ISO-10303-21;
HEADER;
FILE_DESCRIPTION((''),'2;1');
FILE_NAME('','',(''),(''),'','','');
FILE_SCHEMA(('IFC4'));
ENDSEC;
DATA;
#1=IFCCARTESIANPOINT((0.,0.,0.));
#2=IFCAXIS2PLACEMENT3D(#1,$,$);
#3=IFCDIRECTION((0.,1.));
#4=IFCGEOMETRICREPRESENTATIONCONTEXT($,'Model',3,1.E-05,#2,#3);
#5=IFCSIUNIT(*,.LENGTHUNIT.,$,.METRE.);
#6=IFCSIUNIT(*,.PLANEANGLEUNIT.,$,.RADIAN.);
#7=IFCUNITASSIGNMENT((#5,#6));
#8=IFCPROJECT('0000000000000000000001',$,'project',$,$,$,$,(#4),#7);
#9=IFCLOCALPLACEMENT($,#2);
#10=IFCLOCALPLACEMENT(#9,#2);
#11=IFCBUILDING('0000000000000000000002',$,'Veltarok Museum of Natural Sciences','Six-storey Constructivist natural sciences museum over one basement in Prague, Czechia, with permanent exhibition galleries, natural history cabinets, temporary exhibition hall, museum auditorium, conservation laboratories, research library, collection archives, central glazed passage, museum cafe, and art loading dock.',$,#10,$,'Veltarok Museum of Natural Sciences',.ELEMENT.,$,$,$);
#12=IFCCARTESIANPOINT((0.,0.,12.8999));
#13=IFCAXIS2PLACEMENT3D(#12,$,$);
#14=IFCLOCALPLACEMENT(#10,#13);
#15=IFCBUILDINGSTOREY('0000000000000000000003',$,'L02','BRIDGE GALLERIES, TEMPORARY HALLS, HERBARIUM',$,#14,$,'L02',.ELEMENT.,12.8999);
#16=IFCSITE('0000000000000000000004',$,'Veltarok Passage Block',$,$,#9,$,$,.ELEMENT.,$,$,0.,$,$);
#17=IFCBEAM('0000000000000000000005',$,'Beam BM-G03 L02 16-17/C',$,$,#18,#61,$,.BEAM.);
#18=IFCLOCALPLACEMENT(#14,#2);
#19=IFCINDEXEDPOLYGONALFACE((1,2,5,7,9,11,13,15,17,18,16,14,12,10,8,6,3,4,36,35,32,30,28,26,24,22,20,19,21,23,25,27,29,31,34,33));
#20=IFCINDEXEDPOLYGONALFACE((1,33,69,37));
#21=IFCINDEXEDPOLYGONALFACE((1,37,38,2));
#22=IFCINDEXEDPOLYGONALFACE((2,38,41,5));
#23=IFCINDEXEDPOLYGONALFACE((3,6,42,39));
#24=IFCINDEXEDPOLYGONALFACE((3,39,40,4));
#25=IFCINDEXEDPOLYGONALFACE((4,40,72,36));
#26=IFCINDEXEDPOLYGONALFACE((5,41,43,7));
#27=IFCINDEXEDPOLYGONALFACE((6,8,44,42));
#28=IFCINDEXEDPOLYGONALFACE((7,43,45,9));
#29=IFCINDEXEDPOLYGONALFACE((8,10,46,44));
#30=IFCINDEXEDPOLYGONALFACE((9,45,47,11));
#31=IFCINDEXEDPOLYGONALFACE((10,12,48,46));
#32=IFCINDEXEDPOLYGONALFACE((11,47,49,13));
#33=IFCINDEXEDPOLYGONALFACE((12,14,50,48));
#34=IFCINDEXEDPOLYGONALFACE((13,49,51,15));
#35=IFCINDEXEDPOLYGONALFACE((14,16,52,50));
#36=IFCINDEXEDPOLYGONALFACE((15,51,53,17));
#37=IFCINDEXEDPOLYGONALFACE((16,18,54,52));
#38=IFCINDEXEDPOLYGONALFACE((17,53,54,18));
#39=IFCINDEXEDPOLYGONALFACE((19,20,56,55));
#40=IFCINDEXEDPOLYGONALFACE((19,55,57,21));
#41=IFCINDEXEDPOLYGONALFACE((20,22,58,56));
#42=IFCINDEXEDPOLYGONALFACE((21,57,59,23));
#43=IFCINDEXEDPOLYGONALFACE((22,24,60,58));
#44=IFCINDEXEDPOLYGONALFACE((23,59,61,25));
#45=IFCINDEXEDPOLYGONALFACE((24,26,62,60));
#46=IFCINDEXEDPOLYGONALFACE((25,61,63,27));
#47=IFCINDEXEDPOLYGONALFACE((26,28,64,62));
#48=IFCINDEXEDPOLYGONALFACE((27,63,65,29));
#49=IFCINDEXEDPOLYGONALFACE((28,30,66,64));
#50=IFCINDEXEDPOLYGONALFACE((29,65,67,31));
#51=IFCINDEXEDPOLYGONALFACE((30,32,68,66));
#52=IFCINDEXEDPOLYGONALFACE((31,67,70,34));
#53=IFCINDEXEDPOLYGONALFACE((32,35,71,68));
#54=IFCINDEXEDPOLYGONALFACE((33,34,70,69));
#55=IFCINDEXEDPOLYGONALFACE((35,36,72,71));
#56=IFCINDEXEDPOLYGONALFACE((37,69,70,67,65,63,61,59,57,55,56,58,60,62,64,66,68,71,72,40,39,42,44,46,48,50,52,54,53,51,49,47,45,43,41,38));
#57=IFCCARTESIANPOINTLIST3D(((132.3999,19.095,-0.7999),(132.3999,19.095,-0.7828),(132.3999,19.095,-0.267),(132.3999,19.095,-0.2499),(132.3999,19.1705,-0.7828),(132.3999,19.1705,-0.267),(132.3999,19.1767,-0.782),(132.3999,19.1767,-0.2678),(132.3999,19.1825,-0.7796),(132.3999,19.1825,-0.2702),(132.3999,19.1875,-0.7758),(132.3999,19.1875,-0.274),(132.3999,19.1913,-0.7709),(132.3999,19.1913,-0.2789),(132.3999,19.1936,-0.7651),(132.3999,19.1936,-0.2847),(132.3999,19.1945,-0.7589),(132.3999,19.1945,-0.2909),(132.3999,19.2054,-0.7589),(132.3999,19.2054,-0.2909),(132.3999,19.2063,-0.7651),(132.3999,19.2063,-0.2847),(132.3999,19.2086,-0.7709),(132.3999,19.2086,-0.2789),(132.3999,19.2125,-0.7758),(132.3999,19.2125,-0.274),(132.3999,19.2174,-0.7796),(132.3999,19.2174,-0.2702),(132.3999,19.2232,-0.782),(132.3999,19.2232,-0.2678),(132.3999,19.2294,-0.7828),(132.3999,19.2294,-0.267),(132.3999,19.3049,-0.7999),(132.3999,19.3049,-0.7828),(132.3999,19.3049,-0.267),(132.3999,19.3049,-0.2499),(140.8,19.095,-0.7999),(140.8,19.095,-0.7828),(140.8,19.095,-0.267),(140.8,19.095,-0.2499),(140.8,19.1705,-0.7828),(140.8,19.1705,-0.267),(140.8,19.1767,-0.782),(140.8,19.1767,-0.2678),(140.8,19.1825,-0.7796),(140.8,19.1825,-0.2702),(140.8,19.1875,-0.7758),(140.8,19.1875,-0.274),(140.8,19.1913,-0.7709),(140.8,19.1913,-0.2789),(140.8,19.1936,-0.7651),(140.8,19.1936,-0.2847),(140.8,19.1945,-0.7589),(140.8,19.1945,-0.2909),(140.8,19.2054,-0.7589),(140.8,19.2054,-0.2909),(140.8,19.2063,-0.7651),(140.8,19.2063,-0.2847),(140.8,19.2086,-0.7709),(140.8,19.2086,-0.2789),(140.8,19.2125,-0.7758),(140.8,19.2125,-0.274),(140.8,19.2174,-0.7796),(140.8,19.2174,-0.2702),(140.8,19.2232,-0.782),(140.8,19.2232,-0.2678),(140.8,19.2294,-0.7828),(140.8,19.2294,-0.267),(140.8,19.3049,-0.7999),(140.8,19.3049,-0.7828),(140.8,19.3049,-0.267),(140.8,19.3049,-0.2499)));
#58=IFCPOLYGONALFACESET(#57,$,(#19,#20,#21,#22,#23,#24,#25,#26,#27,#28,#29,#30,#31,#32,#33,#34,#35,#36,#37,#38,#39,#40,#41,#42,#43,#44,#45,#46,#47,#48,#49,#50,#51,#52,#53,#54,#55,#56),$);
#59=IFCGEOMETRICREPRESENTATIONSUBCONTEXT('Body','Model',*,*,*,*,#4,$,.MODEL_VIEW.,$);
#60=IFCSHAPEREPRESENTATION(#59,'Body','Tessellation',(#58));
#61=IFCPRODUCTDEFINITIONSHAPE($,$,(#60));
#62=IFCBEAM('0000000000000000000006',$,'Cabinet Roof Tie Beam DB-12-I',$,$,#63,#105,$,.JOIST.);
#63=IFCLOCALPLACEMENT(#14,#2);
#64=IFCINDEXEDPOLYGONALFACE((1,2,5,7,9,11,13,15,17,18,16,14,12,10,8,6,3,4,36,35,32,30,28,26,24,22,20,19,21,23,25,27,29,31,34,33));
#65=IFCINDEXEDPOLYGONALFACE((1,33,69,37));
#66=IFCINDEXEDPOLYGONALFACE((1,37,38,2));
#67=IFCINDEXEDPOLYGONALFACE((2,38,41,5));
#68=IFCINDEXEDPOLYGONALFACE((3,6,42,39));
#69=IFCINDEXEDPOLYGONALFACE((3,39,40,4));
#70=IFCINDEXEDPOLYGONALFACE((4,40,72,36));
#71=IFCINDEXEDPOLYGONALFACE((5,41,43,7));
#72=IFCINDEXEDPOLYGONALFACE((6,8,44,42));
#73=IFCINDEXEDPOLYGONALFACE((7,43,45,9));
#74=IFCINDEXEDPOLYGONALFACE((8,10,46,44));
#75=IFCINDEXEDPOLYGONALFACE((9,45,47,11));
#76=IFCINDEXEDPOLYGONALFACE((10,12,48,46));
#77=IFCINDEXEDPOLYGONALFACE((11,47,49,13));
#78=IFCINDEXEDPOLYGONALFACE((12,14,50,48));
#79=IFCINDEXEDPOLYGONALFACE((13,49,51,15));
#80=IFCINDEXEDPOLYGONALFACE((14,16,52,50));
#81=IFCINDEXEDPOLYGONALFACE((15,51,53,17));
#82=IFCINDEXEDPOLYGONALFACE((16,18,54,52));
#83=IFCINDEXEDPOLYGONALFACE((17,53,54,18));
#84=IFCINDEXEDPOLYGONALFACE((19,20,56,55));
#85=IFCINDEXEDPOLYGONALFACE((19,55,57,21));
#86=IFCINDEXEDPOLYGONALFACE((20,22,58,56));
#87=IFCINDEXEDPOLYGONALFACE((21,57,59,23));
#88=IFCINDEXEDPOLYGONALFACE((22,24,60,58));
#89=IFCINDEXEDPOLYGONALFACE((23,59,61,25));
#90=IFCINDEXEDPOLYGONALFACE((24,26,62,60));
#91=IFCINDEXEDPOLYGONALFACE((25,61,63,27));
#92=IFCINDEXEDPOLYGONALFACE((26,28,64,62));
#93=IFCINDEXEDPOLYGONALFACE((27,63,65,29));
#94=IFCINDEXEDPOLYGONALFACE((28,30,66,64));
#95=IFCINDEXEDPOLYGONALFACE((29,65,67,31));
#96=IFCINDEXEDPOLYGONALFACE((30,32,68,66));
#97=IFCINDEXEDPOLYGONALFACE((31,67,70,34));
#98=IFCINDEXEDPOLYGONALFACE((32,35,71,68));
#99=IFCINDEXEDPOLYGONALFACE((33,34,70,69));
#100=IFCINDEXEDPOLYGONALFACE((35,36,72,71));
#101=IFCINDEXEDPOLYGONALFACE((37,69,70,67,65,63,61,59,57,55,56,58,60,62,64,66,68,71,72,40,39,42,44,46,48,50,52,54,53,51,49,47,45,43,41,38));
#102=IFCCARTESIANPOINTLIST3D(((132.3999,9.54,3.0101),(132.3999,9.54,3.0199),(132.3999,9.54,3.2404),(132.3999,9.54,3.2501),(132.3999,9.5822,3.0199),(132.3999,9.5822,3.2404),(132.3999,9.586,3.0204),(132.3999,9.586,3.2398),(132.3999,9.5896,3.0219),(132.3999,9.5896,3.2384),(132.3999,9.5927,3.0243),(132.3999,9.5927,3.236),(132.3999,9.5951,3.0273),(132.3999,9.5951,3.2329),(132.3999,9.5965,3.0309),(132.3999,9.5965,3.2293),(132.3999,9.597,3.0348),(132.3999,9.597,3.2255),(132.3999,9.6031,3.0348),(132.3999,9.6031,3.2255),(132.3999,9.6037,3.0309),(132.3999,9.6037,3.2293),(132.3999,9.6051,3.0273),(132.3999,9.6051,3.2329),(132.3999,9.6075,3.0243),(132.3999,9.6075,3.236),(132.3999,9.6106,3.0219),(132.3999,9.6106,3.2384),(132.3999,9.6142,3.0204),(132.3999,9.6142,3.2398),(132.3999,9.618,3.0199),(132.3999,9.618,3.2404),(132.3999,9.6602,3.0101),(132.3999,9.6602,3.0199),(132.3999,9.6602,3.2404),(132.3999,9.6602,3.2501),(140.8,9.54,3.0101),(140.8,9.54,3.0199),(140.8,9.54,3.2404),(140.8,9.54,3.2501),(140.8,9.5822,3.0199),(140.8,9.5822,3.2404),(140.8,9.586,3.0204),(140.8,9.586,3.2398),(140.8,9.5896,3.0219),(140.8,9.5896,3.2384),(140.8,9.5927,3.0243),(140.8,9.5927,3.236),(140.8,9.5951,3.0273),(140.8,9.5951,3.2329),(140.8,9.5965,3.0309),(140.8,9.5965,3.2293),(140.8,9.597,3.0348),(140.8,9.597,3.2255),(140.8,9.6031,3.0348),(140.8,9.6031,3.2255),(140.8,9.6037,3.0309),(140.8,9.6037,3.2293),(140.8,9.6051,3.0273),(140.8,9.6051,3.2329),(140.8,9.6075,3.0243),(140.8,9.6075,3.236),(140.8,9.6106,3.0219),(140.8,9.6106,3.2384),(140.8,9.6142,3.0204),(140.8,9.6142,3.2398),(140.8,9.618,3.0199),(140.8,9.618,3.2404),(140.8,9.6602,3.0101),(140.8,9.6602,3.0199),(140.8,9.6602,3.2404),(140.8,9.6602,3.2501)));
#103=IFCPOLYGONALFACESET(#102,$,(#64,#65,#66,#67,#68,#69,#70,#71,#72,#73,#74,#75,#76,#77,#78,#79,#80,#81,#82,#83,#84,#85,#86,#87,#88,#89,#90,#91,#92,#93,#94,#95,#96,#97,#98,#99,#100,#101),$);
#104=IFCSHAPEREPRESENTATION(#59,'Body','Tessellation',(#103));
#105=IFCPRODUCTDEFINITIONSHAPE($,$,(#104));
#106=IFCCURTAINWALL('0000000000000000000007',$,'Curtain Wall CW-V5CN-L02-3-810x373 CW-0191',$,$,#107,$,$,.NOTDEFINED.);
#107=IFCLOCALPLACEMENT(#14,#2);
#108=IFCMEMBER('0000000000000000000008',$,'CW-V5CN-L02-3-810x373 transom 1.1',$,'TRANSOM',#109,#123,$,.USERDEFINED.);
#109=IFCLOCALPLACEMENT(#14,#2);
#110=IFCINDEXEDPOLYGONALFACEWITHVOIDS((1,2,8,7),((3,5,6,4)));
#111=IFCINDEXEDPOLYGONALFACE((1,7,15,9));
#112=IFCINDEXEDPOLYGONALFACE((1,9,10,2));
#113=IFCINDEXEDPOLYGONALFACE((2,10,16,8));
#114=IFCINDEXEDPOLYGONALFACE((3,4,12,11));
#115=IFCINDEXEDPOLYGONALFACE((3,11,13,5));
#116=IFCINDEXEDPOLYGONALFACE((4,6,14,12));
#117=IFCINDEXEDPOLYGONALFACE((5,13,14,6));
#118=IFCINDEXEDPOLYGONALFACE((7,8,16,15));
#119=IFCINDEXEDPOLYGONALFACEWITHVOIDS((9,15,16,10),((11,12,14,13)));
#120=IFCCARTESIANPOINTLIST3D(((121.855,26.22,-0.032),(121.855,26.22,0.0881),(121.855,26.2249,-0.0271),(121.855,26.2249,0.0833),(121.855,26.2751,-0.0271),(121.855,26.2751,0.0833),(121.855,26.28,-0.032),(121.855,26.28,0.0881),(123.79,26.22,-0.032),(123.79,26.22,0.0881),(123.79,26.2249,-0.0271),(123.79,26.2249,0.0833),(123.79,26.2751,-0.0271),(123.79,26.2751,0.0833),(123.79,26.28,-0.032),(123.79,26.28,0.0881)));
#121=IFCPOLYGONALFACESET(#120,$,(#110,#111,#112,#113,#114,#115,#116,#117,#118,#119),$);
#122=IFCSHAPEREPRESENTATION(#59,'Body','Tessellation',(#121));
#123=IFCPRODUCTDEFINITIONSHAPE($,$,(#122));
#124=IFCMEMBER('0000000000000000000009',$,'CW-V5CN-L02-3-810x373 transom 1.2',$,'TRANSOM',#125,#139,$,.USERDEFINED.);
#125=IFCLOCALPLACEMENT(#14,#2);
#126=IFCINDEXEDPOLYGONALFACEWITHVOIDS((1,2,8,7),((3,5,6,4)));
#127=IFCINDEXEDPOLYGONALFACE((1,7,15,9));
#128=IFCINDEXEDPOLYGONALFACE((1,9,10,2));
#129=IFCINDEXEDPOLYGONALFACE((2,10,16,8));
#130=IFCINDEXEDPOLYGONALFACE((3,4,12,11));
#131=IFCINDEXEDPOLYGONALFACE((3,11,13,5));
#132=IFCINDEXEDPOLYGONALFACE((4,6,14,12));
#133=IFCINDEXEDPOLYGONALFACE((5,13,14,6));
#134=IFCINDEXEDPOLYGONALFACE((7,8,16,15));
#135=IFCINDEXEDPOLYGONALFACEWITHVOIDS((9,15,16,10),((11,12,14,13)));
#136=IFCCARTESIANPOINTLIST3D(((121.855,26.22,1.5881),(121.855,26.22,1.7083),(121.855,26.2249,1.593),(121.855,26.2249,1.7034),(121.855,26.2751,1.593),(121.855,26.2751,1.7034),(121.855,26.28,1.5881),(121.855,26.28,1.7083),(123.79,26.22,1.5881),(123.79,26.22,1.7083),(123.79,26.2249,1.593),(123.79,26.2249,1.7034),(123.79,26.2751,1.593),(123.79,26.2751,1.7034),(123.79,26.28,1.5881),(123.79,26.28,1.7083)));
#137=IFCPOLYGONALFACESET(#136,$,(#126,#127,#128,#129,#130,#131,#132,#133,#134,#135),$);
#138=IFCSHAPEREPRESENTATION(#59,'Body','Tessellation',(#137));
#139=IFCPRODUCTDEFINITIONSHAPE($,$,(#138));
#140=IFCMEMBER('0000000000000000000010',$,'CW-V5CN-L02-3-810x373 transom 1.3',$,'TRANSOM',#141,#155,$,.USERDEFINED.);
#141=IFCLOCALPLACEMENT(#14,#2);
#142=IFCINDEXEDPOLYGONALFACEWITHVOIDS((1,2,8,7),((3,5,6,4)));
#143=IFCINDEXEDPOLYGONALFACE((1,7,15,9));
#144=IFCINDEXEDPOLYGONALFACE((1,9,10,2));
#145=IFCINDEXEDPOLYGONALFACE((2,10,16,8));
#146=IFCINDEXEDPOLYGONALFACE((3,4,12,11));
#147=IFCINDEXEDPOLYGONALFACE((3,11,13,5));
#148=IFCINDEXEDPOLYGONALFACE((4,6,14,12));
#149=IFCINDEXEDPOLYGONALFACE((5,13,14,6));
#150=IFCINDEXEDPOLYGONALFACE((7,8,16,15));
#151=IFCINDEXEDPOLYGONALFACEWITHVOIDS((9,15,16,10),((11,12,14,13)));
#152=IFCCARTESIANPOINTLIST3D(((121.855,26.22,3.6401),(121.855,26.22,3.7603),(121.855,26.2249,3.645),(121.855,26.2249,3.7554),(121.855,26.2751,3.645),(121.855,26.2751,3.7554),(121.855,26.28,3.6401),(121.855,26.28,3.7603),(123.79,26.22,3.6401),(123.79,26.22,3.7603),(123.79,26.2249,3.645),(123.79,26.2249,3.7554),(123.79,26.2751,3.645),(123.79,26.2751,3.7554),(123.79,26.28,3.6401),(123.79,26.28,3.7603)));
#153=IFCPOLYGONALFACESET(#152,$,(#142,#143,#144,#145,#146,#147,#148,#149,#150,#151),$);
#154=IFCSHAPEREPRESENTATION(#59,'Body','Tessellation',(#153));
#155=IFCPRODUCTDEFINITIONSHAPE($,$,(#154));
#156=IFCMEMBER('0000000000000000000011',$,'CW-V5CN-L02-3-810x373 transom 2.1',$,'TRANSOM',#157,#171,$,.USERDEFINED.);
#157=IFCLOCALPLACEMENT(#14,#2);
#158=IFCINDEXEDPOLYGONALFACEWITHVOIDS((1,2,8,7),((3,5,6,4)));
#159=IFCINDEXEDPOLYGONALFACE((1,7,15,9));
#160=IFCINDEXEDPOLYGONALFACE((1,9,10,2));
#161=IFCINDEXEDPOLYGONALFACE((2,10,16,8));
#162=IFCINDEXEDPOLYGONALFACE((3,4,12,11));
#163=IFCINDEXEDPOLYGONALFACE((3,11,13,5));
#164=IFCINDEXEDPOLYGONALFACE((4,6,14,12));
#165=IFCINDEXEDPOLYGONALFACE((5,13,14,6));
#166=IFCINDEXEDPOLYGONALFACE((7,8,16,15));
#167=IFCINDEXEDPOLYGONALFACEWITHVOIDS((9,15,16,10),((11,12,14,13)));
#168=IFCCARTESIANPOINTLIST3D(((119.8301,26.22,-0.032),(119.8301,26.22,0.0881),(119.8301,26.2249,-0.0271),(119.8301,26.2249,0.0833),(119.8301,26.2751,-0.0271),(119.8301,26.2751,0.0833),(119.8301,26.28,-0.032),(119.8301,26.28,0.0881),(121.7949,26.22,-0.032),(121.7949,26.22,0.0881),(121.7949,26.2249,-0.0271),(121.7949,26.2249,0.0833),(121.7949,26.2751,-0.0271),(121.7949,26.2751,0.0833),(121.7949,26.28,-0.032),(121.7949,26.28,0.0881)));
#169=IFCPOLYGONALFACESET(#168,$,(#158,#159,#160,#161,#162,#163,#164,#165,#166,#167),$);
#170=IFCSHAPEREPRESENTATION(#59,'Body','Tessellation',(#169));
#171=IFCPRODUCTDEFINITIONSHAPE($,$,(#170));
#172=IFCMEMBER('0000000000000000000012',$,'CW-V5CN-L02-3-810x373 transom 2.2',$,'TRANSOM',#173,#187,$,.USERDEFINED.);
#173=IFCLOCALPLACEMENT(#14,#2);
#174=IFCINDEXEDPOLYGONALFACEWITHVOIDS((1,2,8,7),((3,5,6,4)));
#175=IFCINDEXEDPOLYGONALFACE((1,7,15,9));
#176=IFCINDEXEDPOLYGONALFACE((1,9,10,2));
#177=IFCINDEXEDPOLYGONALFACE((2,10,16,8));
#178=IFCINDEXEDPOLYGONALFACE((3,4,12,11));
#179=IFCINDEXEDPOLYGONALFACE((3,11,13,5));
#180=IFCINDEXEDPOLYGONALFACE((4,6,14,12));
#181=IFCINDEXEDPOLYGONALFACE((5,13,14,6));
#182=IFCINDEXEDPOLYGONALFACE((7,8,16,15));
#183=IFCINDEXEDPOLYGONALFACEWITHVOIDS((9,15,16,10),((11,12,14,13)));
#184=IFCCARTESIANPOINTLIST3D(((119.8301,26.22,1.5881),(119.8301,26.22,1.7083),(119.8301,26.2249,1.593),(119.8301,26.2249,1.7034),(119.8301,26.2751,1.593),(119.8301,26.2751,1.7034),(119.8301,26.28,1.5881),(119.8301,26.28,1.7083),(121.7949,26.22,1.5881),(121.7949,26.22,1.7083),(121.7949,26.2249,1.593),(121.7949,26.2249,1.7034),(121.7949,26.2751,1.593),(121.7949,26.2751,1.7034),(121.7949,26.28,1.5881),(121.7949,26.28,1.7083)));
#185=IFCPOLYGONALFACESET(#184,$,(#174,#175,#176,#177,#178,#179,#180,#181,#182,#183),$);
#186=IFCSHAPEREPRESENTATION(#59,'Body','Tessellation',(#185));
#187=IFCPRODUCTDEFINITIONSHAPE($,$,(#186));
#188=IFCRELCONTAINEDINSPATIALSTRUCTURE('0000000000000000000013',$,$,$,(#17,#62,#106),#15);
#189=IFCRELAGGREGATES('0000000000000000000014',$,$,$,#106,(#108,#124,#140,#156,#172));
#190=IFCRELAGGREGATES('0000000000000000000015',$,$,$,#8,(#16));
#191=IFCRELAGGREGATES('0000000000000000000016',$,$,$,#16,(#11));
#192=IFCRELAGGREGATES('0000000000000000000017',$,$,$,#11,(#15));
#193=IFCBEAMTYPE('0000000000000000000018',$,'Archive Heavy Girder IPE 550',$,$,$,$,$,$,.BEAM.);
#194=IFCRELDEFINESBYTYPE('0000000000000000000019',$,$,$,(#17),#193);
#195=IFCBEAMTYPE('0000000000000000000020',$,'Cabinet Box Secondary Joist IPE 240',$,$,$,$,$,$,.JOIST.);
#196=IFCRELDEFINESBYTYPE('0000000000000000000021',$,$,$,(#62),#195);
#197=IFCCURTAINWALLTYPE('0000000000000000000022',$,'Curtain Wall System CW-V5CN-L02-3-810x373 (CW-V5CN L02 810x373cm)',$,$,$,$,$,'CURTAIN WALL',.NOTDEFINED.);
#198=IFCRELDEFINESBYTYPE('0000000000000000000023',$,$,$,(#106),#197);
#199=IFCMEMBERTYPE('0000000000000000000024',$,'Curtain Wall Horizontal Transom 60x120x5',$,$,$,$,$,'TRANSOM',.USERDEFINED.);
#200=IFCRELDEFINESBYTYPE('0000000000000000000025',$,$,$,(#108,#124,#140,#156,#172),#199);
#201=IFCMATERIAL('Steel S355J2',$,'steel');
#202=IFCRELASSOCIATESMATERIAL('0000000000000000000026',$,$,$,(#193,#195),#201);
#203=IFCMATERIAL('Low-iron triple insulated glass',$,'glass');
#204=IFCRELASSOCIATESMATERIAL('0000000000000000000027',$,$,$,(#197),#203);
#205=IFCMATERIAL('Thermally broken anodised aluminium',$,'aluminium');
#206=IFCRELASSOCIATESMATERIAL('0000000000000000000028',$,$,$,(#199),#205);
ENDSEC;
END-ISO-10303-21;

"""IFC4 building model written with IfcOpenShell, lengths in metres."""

from ifc_helpers import new_model, si_unit, direction, frame, origin, origin_2d, place, context, subcontext, project, spatial, hollow_rectangle, i_section, extrude, material, material_profile, profile_set, type_object, element, aggregate, save


model = new_model("IFC4")

# Units and contexts
model_context = context("Model", 3, precision=1e-05, world=origin(), true_north=direction((0.0, 1.0)))
body_context = subcontext(model_context, "Body", "Model", "MODEL_VIEW")
ifc_project = project(units=[si_unit("LENGTHUNIT", "METRE"), si_unit("PLANEANGLEUNIT", "RADIAN")], contexts=[model_context])

# Site, building, storey
site_placement = place(None, origin())
site = spatial("IfcSite", under=ifc_project, at=site_placement, Name="Veltarok Passage Block", CompositionType="ELEMENT", RefElevation=0.0)
building_placement = place(site_placement, origin())
building = spatial("IfcBuilding", under=site, at=building_placement, Name="Veltarok Museum of Natural Sciences", Description="Six-storey Constructivist natural sciences museum over one basement in Prague, Czechia, with permanent exhibition galleries, natural history cabinets, temporary exhibition hall, museum auditorium, conservation laboratories, research library, collection archives, central glazed passage, museum cafe, and art loading dock.", LongName="Veltarok Museum of Natural Sciences", CompositionType="ELEMENT")
storey_placement = place(building_placement, frame((0.0, 0.0, 12.8999)))
storey = spatial("IfcBuildingStorey", under=building, at=storey_placement, Name="L02", Description="BRIDGE GALLERIES, TEMPORARY HALLS, HERBARIUM", LongName="L02", CompositionType="ELEMENT", Elevation=12.8999)

# Beams
ifc_material_1 = material(Name="Steel S355J2", Category="steel")
ifc_material_profile_1 = material_profile(ifc_material_1, i_section(OverallWidth=0.21, OverallDepth=0.55, WebThickness=0.011, FlangeThickness=0.0171, FilletRadius=0.0239, at=origin_2d()), Name="IPE 550")
ifc_profile_set_1 = profile_set([ifc_material_profile_1], Name="Steel S355J2")
beam_type_1 = type_object("IfcBeamType", Name="Archive Heavy Girder IPE 550", PredefinedType="BEAM", material=ifc_profile_set_1)
beam_1_placement = place(storey_placement, frame((132.3999, 19.2, -0.5249), z_axis=(1.0, 0.0, 0.0), x_axis=(0.0, 1.0, 0.0)))
element("IfcBeam", 1, at=beam_1_placement, inside=storey, type_object=beam_type_1, Name="Beam BM-G03 L02 16-17/C", PredefinedType="BEAM", context=body_context, shape_type="SweptSolid", body=[
    extrude(i_section(OverallWidth=0.21, OverallDepth=0.55, WebThickness=0.011, FlangeThickness=0.0171, FilletRadius=0.0239, at=origin_2d()), origin(), (0.0, 0.0, 1.0), 8.4001),
])
ifc_material_profile_2 = material_profile(ifc_material_1, i_section(OverallWidth=0.1201, OverallDepth=0.24, WebThickness=0.0061, FlangeThickness=0.0098, FilletRadius=0.0149, at=origin_2d()), Name="IPE 240")
ifc_profile_set_2 = profile_set([ifc_material_profile_2], Name="Steel S355J2")
beam_type_2 = type_object("IfcBeamType", Name="Cabinet Box Secondary Joist IPE 240", PredefinedType="JOIST", material=ifc_profile_set_2)
beam_2_placement = place(storey_placement, frame((132.3999, 9.6001, 3.1301), z_axis=(1.0, 0.0, 0.0), x_axis=(0.0, 1.0, 0.0)))
element("IfcBeam", 2, at=beam_2_placement, inside=storey, type_object=beam_type_2, Name="Cabinet Roof Tie Beam DB-12-I", PredefinedType="JOIST", context=body_context, shape_type="SweptSolid", body=[
    extrude(i_section(OverallWidth=0.1201, OverallDepth=0.24, WebThickness=0.0061, FlangeThickness=0.0098, FilletRadius=0.0149, at=origin_2d()), origin(), (0.0, 0.0, 1.0), 8.4001),
])

# Curtain wall, members
ifc_material_2 = material(Name="Low-iron triple insulated glass", Category="glass")
curtain_wall_type_1 = type_object("IfcCurtainWallType", Name="Curtain Wall System CW-V5CN-L02-3-810x373 (CW-V5CN L02 810x373cm)", ElementType="CURTAIN WALL", PredefinedType="NOTDEFINED", material=ifc_material_2)
curtain_wall_1_placement = place(storey_placement, origin())
curtain_wall_1 = element("IfcCurtainWall", 3, at=curtain_wall_1_placement, inside=storey, type_object=curtain_wall_type_1, Name="Curtain Wall CW-V5CN-L02-3-810x373 CW-0191", PredefinedType="NOTDEFINED")
ifc_material_3 = material(Name="Thermally broken anodised aluminium", Category="aluminium")
ifc_material_profile_3 = material_profile(ifc_material_3, hollow_rectangle(XDim=0.0601, YDim=0.1201, WallThickness=0.0049, at=origin_2d()), Name="CW TRANSOM 60x120x5")
ifc_profile_set_3 = profile_set([ifc_material_profile_3], Name="Thermally broken anodised aluminium")
member_type_1 = type_object("IfcMemberType", Name="Curtain Wall Horizontal Transom 60x120x5", ElementType="TRANSOM", PredefinedType="USERDEFINED", material=ifc_profile_set_3)
member_1_placement = place(storey_placement, frame((123.79, 26.25, 0.0281), z_axis=(-1.0, 0.0, 0.0), x_axis=(0.0, -1.0, 0.0)))
member_1 = element("IfcMember", 4, at=member_1_placement, type_object=member_type_1, Name="CW-V5CN-L02-3-810x373 transom 1.1", ObjectType="TRANSOM", PredefinedType="USERDEFINED", context=body_context, shape_type="SweptSolid", body=[
    extrude(hollow_rectangle(XDim=0.0601, YDim=0.1201, WallThickness=0.0049, at=origin_2d()), origin(), (0.0, 0.0, 1.0), 1.9351),
])
member_2_placement = place(storey_placement, frame((123.79, 26.25, 1.6482), z_axis=(-1.0, 0.0, 0.0), x_axis=(0.0, -1.0, 0.0)))
member_2 = element("IfcMember", 5, at=member_2_placement, type_object=member_type_1, Name="CW-V5CN-L02-3-810x373 transom 1.2", ObjectType="TRANSOM", PredefinedType="USERDEFINED", context=body_context, shape_type="SweptSolid", body=[
    extrude(hollow_rectangle(XDim=0.0601, YDim=0.1201, WallThickness=0.0049, at=origin_2d()), origin(), (0.0, 0.0, 1.0), 1.9351),
])
member_3_placement = place(storey_placement, frame((123.79, 26.25, 3.7002), z_axis=(-1.0, 0.0, 0.0), x_axis=(0.0, -1.0, 0.0)))
member_3 = element("IfcMember", 6, at=member_3_placement, type_object=member_type_1, Name="CW-V5CN-L02-3-810x373 transom 1.3", ObjectType="TRANSOM", PredefinedType="USERDEFINED", context=body_context, shape_type="SweptSolid", body=[
    extrude(hollow_rectangle(XDim=0.0601, YDim=0.1201, WallThickness=0.0049, at=origin_2d()), origin(), (0.0, 0.0, 1.0), 1.9351),
])
member_4_placement = place(storey_placement, frame((121.7949, 26.25, 0.0281), z_axis=(-1.0, 0.0, 0.0), x_axis=(0.0, -1.0, 0.0)))
member_4 = element("IfcMember", 7, at=member_4_placement, type_object=member_type_1, Name="CW-V5CN-L02-3-810x373 transom 2.1", ObjectType="TRANSOM", PredefinedType="USERDEFINED", context=body_context, shape_type="SweptSolid", body=[
    extrude(hollow_rectangle(XDim=0.0601, YDim=0.1201, WallThickness=0.0049, at=origin_2d()), origin(), (0.0, 0.0, 1.0), 1.9648),
])
member_5_placement = place(storey_placement, frame((121.7949, 26.25, 1.6482), z_axis=(-1.0, 0.0, 0.0), x_axis=(0.0, -1.0, 0.0)))
member_5 = element("IfcMember", 8, at=member_5_placement, type_object=member_type_1, Name="CW-V5CN-L02-3-810x373 transom 2.2", ObjectType="TRANSOM", PredefinedType="USERDEFINED", context=body_context, shape_type="SweptSolid", body=[
    extrude(hollow_rectangle(XDim=0.0601, YDim=0.1201, WallThickness=0.0049, at=origin_2d()), origin(), (0.0, 0.0, 1.0), 1.9648),
])

aggregate(curtain_wall_1, [member_1, member_2, member_3, member_4, member_5])

save(model, "model.ifc")
